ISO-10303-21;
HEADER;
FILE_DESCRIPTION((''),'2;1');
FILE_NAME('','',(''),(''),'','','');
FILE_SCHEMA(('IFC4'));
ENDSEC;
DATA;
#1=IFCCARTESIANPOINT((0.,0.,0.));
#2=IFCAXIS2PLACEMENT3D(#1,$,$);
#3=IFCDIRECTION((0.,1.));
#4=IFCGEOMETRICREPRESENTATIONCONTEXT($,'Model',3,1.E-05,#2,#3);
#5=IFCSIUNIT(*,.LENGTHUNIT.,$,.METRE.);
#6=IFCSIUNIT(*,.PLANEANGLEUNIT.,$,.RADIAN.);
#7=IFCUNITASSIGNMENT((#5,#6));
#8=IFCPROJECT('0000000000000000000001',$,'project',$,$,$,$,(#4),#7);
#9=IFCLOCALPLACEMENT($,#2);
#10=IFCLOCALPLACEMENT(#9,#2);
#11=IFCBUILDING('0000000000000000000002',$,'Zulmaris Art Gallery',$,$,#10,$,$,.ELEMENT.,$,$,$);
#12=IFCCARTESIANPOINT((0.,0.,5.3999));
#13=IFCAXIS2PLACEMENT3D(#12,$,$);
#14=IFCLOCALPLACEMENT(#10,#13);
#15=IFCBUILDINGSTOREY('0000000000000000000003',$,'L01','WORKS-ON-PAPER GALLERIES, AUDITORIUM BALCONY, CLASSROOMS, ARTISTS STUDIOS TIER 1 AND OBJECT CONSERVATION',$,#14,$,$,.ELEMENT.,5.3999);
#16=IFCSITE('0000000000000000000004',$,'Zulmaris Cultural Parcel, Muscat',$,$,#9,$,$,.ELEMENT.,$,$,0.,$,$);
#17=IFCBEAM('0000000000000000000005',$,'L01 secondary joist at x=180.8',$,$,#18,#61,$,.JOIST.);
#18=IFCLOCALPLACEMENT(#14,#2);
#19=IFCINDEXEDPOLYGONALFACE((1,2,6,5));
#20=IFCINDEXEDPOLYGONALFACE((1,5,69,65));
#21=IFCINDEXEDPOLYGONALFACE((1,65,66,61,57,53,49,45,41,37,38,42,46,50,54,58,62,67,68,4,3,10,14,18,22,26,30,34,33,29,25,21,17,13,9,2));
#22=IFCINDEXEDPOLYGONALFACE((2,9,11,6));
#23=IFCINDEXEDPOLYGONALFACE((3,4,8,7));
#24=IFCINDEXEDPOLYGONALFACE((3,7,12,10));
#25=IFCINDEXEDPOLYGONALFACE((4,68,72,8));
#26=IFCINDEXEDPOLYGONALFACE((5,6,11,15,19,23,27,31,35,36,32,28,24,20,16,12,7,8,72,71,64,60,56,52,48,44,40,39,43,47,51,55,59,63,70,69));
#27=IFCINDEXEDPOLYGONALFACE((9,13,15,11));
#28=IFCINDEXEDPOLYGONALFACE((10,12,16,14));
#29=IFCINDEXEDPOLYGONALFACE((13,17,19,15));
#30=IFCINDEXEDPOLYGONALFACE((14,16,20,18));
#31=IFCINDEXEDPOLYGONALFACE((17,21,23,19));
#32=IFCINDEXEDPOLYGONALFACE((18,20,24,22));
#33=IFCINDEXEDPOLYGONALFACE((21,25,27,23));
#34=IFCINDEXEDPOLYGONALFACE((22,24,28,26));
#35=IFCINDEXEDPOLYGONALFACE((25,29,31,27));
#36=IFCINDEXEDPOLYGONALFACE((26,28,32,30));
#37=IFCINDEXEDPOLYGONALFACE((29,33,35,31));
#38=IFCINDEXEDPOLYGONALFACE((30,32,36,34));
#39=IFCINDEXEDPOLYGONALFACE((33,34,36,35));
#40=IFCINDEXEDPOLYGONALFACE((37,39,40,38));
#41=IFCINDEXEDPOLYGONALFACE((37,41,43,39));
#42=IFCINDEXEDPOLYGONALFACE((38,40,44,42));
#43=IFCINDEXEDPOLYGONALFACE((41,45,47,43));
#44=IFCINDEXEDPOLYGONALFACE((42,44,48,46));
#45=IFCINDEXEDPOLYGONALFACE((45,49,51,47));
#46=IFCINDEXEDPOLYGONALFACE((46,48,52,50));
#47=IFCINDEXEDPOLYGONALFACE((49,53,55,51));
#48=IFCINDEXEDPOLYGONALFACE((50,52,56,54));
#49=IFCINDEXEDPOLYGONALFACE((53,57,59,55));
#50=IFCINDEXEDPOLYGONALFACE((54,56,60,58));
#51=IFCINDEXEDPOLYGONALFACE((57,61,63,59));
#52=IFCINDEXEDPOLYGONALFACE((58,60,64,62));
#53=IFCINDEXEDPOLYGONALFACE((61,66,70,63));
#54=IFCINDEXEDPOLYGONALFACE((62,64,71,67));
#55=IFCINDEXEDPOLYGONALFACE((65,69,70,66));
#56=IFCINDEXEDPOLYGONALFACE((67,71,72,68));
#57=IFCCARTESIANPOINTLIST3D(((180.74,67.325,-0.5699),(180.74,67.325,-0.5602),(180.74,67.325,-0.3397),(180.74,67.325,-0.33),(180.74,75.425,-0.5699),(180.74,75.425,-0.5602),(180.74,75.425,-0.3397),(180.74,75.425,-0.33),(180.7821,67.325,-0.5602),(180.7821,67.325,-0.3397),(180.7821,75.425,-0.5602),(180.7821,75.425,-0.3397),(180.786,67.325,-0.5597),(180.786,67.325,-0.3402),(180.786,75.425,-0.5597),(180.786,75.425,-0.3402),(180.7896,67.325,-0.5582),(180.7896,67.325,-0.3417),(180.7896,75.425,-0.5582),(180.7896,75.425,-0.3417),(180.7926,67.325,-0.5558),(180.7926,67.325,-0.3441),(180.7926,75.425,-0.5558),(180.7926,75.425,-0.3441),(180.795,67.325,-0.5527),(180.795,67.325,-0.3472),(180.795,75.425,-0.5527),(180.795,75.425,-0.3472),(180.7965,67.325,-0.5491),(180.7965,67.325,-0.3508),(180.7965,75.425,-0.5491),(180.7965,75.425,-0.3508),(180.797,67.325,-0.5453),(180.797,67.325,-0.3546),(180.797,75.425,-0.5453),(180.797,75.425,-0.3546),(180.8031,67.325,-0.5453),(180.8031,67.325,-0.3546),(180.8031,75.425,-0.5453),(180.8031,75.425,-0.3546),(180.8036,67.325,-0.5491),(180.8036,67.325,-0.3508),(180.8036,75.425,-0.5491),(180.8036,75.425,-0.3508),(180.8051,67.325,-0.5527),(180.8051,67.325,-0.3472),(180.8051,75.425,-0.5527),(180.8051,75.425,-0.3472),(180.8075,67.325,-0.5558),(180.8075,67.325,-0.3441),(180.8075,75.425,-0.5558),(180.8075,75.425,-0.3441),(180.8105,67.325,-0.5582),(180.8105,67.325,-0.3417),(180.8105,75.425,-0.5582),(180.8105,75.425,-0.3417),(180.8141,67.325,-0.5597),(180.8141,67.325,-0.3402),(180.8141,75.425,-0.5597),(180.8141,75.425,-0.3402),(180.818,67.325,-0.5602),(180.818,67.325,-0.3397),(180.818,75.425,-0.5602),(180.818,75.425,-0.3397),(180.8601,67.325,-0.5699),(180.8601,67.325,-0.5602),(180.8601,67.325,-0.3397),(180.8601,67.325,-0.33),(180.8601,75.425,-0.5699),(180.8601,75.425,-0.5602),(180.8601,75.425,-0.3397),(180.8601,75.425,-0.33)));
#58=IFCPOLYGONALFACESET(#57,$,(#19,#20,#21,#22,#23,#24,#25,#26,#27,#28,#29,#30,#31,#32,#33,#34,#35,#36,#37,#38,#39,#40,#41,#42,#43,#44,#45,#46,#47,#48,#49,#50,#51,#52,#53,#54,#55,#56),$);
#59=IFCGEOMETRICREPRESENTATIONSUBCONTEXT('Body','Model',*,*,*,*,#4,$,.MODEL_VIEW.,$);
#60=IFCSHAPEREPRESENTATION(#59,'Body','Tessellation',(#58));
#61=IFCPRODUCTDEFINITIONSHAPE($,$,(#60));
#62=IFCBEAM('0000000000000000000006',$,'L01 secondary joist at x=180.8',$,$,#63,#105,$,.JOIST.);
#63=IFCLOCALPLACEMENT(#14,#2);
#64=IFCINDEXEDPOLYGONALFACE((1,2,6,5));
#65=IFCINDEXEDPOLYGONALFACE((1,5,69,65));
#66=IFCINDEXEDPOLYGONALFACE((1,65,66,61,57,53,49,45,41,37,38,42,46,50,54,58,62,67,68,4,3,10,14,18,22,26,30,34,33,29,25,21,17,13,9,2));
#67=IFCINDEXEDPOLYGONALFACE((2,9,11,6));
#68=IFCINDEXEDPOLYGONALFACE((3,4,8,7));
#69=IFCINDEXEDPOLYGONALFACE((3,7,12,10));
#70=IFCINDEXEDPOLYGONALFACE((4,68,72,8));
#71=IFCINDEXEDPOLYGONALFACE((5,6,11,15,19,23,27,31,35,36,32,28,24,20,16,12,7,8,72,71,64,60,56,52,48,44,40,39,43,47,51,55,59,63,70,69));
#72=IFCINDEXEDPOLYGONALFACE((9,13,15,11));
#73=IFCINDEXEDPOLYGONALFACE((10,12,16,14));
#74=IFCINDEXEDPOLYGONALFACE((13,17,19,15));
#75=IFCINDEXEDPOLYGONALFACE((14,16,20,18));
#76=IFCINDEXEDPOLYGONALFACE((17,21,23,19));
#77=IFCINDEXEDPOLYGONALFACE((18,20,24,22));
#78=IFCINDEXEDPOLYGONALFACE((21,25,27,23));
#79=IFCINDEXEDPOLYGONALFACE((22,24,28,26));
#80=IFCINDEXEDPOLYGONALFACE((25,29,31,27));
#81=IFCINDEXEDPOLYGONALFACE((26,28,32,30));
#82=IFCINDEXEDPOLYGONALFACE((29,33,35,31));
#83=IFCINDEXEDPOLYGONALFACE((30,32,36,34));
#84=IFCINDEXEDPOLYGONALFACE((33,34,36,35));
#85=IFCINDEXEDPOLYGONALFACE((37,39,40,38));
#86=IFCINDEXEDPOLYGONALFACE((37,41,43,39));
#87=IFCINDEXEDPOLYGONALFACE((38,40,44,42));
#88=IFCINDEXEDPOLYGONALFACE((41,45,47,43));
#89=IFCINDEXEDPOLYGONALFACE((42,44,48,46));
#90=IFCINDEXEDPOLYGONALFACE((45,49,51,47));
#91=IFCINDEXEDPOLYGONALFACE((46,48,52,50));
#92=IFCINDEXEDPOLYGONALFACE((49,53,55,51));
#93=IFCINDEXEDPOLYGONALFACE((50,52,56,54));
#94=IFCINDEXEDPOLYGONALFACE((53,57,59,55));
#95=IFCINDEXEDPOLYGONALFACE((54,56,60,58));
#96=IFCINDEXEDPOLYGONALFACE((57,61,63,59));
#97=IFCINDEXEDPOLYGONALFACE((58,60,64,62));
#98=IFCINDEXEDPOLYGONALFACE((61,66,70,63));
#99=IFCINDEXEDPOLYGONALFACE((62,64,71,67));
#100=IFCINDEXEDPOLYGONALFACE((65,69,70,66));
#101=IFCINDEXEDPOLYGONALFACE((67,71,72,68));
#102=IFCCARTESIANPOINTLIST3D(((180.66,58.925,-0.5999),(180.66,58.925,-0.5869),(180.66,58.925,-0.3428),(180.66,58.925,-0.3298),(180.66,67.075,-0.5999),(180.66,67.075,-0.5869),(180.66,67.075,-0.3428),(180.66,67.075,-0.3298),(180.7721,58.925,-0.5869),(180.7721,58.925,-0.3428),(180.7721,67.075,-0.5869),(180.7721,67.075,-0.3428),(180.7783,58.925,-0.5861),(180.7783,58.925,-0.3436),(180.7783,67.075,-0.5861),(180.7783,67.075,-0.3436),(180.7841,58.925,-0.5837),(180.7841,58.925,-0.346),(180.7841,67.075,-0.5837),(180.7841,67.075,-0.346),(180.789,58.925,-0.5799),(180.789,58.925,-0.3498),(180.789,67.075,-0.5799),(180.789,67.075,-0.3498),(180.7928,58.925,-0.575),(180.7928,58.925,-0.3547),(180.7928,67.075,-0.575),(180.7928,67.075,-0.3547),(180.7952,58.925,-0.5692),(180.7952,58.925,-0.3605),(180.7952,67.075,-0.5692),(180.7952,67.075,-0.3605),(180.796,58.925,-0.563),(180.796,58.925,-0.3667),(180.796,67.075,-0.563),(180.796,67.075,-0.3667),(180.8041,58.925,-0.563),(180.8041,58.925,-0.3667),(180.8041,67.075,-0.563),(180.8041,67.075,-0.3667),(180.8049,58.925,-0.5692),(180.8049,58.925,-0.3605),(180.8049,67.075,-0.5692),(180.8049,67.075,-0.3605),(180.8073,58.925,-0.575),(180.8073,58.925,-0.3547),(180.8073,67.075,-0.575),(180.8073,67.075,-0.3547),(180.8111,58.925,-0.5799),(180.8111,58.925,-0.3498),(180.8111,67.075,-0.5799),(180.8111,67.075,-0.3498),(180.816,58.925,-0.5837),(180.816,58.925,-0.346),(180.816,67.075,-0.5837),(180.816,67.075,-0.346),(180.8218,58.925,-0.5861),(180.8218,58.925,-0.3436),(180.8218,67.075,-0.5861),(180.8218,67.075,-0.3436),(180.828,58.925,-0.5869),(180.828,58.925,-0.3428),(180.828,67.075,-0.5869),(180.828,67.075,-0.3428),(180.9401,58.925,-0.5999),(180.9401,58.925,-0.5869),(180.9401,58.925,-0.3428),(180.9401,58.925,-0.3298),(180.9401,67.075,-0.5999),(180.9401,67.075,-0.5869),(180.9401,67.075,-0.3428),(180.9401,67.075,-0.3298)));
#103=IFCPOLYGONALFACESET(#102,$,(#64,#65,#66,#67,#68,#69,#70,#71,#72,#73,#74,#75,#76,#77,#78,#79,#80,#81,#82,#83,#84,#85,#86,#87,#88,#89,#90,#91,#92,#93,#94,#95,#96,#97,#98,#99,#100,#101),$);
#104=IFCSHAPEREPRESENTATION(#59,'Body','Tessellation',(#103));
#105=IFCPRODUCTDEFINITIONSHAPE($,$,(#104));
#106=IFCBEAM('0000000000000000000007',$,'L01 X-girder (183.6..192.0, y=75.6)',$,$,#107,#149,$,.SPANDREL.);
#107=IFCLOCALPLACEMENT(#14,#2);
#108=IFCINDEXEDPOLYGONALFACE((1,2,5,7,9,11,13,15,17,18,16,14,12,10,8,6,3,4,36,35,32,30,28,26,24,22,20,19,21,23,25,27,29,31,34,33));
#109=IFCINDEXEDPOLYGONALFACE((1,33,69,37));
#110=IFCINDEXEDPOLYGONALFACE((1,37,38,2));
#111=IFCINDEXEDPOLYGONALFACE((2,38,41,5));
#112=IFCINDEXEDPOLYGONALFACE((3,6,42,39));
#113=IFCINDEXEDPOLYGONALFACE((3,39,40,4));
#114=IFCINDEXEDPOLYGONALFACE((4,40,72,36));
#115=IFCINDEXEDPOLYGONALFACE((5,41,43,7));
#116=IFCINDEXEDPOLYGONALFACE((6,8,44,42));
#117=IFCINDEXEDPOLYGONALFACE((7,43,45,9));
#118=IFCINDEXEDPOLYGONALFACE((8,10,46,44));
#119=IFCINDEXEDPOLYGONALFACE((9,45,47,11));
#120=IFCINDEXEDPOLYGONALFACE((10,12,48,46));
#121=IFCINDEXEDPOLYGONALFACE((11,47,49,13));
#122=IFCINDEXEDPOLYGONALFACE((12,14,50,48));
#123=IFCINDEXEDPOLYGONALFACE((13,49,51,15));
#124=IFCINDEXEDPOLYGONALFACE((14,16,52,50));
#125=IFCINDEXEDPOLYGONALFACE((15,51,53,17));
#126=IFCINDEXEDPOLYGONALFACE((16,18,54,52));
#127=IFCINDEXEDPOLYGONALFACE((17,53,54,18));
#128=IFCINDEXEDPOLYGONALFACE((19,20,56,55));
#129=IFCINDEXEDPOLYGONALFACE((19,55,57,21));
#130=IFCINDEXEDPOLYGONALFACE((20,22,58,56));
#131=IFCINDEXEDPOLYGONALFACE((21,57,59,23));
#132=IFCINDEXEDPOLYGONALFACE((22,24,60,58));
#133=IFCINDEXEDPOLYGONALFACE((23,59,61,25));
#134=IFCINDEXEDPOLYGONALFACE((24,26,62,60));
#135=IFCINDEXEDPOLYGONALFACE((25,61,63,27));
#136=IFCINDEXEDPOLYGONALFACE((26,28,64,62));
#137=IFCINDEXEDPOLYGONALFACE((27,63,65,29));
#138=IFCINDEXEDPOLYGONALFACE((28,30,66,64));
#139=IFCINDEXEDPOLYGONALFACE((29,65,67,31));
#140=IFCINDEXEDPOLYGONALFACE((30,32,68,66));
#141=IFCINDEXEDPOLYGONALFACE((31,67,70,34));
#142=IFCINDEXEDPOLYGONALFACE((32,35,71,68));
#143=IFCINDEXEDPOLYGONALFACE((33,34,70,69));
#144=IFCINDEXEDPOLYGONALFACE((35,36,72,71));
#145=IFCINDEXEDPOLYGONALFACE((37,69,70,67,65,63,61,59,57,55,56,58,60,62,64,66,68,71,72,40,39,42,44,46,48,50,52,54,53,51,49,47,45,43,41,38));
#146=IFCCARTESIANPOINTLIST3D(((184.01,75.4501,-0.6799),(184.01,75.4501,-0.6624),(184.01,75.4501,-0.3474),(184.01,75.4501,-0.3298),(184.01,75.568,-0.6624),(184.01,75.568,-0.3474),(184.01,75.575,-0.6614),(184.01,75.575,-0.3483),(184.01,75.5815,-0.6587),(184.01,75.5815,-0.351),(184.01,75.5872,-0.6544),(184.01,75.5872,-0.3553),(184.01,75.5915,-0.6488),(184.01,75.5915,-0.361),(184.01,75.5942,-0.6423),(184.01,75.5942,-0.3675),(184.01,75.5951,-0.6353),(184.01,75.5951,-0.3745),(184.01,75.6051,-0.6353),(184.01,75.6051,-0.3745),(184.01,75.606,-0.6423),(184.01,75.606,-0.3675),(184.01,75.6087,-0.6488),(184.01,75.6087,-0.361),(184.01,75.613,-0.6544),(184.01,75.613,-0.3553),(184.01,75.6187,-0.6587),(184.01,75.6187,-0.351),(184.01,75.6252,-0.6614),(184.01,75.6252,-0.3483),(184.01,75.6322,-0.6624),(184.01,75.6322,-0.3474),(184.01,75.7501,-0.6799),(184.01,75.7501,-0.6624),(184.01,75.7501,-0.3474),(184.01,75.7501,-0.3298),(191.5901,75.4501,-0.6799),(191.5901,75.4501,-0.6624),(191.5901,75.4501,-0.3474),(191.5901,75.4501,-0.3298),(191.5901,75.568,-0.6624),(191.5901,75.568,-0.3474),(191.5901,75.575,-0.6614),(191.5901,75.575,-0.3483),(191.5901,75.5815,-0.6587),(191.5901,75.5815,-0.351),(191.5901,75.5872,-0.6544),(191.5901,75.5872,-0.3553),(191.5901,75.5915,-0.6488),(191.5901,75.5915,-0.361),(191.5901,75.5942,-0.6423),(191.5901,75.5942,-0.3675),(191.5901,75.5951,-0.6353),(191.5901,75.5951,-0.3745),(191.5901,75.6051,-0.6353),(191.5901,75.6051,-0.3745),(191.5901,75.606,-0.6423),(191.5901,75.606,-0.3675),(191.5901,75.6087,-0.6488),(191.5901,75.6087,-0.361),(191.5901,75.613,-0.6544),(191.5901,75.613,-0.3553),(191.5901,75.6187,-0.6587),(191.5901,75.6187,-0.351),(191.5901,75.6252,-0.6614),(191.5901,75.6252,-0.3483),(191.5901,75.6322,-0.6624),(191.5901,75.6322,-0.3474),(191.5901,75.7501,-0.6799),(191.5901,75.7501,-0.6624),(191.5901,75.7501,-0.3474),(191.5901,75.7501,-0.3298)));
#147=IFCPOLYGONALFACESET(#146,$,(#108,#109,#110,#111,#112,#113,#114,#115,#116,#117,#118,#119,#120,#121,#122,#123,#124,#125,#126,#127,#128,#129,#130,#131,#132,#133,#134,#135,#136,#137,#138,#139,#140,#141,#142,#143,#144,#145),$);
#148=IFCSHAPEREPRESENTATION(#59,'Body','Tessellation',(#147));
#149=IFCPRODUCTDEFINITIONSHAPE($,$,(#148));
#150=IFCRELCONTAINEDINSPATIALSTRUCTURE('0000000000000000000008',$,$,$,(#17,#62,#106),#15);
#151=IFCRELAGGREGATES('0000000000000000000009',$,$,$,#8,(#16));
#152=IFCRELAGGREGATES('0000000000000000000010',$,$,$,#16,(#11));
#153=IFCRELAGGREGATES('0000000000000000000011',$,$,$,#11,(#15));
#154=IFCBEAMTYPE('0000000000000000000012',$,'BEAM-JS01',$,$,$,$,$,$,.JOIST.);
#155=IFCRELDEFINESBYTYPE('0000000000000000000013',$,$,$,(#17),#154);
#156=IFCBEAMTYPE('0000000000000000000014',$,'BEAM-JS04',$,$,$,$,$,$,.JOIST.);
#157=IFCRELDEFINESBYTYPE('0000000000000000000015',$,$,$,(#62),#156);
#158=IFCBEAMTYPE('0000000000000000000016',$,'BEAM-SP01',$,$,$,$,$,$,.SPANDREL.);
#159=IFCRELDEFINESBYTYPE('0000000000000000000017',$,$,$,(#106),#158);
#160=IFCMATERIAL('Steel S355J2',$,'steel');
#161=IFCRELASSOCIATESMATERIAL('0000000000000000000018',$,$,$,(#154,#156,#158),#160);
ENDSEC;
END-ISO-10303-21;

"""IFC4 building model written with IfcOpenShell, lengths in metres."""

from ifc_helpers import new_model, si_unit, direction, frame, origin, origin_2d, place, context, subcontext, project, spatial, i_section, extrude, material, material_profile, profile_set, type_object, element, save


model = new_model("IFC4")

# Units and contexts
model_context = context("Model", 3, precision=1e-05, world=origin(), true_north=direction((0.0, 1.0)))
body_context = subcontext(model_context, "Body", "Model", "MODEL_VIEW")
ifc_project = project(units=[si_unit("LENGTHUNIT", "METRE"), si_unit("PLANEANGLEUNIT", "RADIAN")], contexts=[model_context])

# Site, building, storey
site_placement = place(None, origin())
site = spatial("IfcSite", under=ifc_project, at=site_placement, Name="Zulmaris Cultural Parcel, Muscat", CompositionType="ELEMENT", RefElevation=0.0)
building_placement = place(site_placement, origin())
building = spatial("IfcBuilding", under=site, at=building_placement, Name="Zulmaris Art Gallery", CompositionType="ELEMENT")
storey_placement = place(building_placement, frame((0.0, 0.0, 5.3999)))
storey = spatial("IfcBuildingStorey", under=building, at=storey_placement, Name="L01", Description="WORKS-ON-PAPER GALLERIES, AUDITORIUM BALCONY, CLASSROOMS, ARTISTS STUDIOS TIER 1 AND OBJECT CONSERVATION", CompositionType="ELEMENT", Elevation=5.3999)

# Beams
ifc_material_1 = material(Name="Steel S355J2", Category="steel")
ifc_material_profile_1 = material_profile(ifc_material_1, i_section(OverallWidth=0.1201, OverallDepth=0.24, WebThickness=0.0061, FlangeThickness=0.0098, FilletRadius=0.0149, at=origin_2d()), Name="IPE 240")
ifc_profile_set_1 = profile_set([ifc_material_profile_1], Name="Steel S355J2")
beam_type_1 = type_object("IfcBeamType", Name="BEAM-JS01", PredefinedType="JOIST", material=ifc_profile_set_1)
beam_1_placement = place(storey_placement, frame((180.8, 67.325, -0.45), z_axis=(0.0, 1.0, 0.0), x_axis=(-1.0, 0.0, 0.0)))
element("IfcBeam", 1, at=beam_1_placement, inside=storey, type_object=beam_type_1, Name="L01 secondary joist at x=180.8", PredefinedType="JOIST", context=body_context, shape_type="SweptSolid", body=[
    extrude(i_section(OverallWidth=0.1201, OverallDepth=0.24, WebThickness=0.0061, FlangeThickness=0.0098, FilletRadius=0.0149, at=origin_2d()), origin(), (0.0, 0.0, 1.0), 8.1001),
])
ifc_material_profile_2 = material_profile(ifc_material_1, i_section(OverallWidth=0.28, OverallDepth=0.27, WebThickness=0.0081, FlangeThickness=0.0129, FilletRadius=0.0239, at=origin_2d()), Name="HEA 280")
ifc_profile_set_2 = profile_set([ifc_material_profile_2], Name="Steel S355J2")
beam_type_2 = type_object("IfcBeamType", Name="BEAM-JS04", PredefinedType="JOIST", material=ifc_profile_set_2)
beam_2_placement = place(storey_placement, frame((180.8, 58.925, -0.4648), z_axis=(0.0, 1.0, 0.0), x_axis=(-1.0, 0.0, 0.0)))
element("IfcBeam", 2, at=beam_2_placement, inside=storey, type_object=beam_type_2, Name="L01 secondary joist at x=180.8", PredefinedType="JOIST", context=body_context, shape_type="SweptSolid", body=[
    extrude(i_section(OverallWidth=0.28, OverallDepth=0.27, WebThickness=0.0081, FlangeThickness=0.0129, FilletRadius=0.0239, at=origin_2d()), origin(), (0.0, 0.0, 1.0), 8.1499),
])
ifc_material_profile_3 = material_profile(ifc_material_1, i_section(OverallWidth=0.3, OverallDepth=0.3501, WebThickness=0.01, FlangeThickness=0.0176, FilletRadius=0.0271, at=origin_2d()), Name="HEA 360")
ifc_profile_set_3 = profile_set([ifc_material_profile_3], Name="Steel S355J2")
beam_type_3 = type_object("IfcBeamType", Name="BEAM-SP01", PredefinedType="SPANDREL", material=ifc_profile_set_3)
beam_3_placement = place(storey_placement, frame((184.01, 75.6001, -0.5049), z_axis=(1.0, 0.0, 0.0), x_axis=(0.0, 1.0, 0.0)))
element("IfcBeam", 3, at=beam_3_placement, inside=storey, type_object=beam_type_3, Name="L01 X-girder (183.6..192.0, y=75.6)", PredefinedType="SPANDREL", context=body_context, shape_type="SweptSolid", body=[
    extrude(i_section(OverallWidth=0.3, OverallDepth=0.3501, WebThickness=0.01, FlangeThickness=0.0176, FilletRadius=0.0271, at=origin_2d()), origin(), (0.0, 0.0, 1.0), 7.5801),
])

save(model, "model.ifc")
